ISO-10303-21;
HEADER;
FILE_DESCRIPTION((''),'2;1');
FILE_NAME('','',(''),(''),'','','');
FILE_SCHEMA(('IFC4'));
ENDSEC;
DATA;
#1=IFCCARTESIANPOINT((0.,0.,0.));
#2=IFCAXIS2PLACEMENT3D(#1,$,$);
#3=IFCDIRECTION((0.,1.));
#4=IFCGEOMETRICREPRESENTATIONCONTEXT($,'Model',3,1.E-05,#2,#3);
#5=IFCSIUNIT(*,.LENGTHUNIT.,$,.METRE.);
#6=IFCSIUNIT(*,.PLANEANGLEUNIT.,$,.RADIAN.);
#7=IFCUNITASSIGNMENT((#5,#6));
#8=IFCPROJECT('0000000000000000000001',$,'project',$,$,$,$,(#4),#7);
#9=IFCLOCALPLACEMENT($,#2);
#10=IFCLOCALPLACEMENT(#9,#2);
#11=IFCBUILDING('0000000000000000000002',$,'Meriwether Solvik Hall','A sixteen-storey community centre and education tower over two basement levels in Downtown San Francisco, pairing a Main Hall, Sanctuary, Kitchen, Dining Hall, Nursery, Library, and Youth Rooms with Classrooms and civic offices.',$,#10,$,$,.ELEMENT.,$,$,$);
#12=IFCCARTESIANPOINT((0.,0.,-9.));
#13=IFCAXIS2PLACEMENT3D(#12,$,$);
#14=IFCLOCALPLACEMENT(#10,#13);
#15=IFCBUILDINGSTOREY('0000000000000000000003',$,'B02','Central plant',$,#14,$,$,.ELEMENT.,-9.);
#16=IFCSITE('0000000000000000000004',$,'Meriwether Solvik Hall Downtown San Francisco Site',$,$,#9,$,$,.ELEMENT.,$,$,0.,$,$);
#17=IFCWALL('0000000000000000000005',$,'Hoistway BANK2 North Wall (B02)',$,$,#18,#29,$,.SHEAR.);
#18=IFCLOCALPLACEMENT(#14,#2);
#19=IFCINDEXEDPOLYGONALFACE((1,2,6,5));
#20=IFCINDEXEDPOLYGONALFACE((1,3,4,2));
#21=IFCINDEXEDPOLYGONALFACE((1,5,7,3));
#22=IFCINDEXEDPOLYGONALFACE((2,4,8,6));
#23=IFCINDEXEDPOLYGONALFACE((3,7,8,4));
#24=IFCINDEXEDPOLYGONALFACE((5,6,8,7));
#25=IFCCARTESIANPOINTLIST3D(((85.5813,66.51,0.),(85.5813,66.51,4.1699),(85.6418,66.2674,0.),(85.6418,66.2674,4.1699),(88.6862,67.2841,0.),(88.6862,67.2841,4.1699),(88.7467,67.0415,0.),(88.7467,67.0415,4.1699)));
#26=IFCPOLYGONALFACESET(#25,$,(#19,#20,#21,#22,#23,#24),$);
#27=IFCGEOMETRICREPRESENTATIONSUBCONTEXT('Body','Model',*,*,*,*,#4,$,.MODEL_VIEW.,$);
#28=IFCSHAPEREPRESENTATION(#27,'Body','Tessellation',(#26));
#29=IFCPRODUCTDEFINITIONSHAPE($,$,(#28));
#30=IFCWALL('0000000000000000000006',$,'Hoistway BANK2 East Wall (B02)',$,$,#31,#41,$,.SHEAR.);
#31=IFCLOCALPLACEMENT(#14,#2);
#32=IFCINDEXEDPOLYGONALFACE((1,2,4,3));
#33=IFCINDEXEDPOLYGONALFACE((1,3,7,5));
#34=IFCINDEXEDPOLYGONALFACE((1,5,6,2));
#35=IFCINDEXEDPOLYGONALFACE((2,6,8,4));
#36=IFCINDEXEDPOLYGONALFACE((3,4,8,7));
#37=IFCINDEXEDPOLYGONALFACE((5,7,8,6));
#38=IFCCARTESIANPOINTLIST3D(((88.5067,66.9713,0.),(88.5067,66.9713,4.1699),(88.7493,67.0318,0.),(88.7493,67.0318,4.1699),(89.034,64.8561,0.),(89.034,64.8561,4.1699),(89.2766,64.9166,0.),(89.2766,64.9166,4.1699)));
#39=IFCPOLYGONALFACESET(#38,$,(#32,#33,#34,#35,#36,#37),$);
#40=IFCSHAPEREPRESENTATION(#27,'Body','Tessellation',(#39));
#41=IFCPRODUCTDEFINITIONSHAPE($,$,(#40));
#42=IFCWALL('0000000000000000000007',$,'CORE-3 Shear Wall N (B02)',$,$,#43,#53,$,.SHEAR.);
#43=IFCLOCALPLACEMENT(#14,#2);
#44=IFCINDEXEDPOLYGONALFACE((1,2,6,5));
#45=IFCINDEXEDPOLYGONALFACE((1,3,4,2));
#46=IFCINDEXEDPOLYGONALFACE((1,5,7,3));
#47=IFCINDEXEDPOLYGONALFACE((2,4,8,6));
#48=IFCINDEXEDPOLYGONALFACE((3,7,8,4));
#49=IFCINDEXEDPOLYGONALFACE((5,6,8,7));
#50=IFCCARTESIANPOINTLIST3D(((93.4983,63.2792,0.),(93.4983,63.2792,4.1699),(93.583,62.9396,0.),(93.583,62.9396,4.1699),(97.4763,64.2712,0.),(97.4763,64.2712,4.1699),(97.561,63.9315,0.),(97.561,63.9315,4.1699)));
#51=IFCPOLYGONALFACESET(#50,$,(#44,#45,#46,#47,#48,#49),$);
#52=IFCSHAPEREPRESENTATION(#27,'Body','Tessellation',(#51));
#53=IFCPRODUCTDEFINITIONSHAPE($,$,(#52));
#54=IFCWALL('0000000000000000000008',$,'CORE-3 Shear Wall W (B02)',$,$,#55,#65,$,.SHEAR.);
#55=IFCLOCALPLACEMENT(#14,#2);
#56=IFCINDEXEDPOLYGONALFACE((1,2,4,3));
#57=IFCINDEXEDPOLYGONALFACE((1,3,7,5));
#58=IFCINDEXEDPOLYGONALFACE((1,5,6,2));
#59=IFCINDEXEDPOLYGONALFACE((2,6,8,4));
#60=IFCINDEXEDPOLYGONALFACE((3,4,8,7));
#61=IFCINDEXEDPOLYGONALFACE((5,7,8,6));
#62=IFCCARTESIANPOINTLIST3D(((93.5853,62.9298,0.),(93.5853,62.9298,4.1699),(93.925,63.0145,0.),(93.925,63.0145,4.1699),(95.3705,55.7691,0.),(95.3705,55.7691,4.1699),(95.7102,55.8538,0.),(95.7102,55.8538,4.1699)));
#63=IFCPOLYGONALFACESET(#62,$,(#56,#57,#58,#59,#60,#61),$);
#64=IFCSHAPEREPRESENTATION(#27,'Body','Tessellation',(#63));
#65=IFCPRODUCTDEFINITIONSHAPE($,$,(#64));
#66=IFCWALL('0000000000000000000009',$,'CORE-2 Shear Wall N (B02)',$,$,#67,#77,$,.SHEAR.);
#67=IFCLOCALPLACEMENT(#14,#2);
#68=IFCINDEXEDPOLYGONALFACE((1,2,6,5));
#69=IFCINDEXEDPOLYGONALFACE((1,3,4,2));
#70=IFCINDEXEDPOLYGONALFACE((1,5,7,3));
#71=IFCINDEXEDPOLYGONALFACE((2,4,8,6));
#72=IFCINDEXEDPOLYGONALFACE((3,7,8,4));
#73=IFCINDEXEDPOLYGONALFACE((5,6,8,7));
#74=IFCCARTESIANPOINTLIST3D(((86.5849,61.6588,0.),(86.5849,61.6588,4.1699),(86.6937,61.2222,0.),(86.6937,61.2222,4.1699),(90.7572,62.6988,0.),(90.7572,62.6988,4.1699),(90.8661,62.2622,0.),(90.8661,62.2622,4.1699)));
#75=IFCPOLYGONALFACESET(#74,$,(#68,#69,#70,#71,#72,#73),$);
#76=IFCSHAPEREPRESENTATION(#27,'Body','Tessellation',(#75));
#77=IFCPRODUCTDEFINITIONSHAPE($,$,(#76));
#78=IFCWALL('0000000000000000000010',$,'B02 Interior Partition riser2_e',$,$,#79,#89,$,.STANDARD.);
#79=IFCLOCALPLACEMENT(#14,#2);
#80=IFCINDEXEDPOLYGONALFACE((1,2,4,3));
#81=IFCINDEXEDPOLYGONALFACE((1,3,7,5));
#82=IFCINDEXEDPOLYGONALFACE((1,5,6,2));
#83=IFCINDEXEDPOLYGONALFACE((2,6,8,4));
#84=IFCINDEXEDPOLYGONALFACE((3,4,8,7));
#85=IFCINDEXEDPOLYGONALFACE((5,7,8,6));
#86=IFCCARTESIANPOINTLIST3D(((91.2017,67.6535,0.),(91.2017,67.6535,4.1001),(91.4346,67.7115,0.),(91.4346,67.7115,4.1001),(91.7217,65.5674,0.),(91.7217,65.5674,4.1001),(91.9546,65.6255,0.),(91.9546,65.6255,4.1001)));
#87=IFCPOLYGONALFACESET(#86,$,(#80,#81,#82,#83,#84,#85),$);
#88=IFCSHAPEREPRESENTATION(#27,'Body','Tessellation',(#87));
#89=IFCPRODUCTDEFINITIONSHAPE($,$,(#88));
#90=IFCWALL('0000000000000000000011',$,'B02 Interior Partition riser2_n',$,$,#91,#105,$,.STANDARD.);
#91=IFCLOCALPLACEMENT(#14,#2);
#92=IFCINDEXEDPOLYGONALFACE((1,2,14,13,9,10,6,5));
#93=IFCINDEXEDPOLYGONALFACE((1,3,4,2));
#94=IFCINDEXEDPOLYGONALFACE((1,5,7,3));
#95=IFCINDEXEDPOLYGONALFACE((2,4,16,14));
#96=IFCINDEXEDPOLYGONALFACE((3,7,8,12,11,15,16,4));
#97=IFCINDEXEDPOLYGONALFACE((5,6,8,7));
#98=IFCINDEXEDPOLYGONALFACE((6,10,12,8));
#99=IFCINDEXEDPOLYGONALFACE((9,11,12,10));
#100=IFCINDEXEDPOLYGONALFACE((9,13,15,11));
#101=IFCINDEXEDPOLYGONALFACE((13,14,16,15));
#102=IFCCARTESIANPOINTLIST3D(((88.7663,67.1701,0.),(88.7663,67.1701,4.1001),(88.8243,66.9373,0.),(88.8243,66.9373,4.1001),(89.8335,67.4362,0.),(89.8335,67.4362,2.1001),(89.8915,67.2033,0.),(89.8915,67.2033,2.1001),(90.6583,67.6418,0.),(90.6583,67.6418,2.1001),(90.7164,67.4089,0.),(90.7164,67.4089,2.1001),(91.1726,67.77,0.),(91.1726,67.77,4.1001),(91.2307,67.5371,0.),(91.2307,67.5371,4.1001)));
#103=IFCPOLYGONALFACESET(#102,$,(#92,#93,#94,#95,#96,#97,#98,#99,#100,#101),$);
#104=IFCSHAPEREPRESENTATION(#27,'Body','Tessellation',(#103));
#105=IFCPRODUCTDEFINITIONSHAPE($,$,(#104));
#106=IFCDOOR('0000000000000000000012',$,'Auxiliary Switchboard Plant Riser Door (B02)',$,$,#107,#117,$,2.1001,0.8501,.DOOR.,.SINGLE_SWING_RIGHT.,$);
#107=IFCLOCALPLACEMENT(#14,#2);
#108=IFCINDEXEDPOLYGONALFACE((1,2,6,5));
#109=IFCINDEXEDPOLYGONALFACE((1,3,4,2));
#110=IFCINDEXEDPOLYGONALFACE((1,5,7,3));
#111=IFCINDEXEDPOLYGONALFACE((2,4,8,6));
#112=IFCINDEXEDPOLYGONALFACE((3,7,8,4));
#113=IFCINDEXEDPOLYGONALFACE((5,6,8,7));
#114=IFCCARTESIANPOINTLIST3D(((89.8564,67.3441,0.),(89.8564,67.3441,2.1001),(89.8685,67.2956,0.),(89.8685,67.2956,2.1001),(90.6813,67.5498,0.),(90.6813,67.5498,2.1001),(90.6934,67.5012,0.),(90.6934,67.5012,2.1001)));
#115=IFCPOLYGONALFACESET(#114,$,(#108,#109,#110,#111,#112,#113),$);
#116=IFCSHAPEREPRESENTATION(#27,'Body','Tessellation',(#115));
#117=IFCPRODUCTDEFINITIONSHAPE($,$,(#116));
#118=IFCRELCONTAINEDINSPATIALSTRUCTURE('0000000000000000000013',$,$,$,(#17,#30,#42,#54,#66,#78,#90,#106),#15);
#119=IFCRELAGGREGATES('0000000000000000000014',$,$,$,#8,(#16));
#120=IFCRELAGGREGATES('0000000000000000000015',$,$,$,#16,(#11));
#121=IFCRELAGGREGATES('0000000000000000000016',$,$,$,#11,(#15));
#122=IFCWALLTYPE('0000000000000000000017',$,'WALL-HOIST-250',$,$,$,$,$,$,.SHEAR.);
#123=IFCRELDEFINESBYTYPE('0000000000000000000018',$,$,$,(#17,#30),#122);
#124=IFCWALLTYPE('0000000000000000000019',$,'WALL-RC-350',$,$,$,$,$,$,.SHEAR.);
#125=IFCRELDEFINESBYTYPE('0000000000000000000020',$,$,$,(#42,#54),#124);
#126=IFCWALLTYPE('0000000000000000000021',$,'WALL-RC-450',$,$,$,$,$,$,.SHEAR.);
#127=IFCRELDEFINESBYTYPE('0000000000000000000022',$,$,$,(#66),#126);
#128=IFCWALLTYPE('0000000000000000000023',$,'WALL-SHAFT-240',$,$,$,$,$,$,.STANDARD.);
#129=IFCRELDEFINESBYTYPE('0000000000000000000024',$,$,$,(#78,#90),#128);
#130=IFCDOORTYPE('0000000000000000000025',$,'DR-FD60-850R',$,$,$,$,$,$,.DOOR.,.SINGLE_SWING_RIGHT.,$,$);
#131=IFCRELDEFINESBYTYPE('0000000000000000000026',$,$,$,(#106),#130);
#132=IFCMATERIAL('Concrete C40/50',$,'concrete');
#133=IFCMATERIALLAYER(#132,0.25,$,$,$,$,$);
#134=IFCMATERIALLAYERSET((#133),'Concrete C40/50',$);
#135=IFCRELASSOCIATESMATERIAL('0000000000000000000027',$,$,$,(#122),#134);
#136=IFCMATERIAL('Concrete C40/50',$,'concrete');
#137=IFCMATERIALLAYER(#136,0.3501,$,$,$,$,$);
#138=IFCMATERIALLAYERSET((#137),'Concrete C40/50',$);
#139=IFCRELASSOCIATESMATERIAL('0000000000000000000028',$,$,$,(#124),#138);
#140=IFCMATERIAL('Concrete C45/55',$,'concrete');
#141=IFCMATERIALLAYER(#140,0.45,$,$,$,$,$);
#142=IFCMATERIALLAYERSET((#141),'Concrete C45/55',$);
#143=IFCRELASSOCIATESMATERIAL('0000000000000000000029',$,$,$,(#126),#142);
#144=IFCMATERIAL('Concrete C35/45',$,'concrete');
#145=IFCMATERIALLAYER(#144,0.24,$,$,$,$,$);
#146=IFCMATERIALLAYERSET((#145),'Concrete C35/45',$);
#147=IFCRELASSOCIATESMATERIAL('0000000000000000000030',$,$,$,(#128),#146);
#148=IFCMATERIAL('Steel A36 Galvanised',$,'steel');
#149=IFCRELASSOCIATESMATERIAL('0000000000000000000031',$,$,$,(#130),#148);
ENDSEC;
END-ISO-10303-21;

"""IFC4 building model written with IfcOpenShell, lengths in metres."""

from ifc_helpers import new_model, si_unit, direction, frame, frame_2d, origin, place, context, subcontext, project, spatial, rectangle, extrude, material, layer, layer_set, type_object, element, fill, save


model = new_model("IFC4")

# Units and contexts
model_context = context("Model", 3, precision=1e-05, world=origin(), true_north=direction((0.0, 1.0)))
body_context = subcontext(model_context, "Body", "Model", "MODEL_VIEW")
ifc_project = project(units=[si_unit("LENGTHUNIT", "METRE"), si_unit("PLANEANGLEUNIT", "RADIAN")], contexts=[model_context])

# Site, building, storey
site_placement = place(None, origin())
site = spatial("IfcSite", under=ifc_project, at=site_placement, Name="Meriwether Solvik Hall Downtown San Francisco Site", CompositionType="ELEMENT", RefElevation=0.0)
building_placement = place(site_placement, origin())
building = spatial("IfcBuilding", under=site, at=building_placement, Name="Meriwether Solvik Hall", Description="A sixteen-storey community centre and education tower over two basement levels in Downtown San Francisco, pairing a Main Hall, Sanctuary, Kitchen, Dining Hall, Nursery, Library, and Youth Rooms with Classrooms and civic offices.", CompositionType="ELEMENT")
storey_placement = place(building_placement, frame((0.0, 0.0, -9.0)))
storey = spatial("IfcBuildingStorey", under=building, at=storey_placement, Name="B02", Description="Central plant", CompositionType="ELEMENT", Elevation=-9.0)

# Walls
ifc_material_1 = material(Name="Concrete C40/50", Category="concrete")
ifc_layer_1 = layer(ifc_material_1, 0.25)
ifc_layer_set_1 = layer_set([ifc_layer_1], Name="Concrete C40/50")
wall_type_1 = type_object("IfcWallType", Name="WALL-HOIST-250", PredefinedType="SHEAR", material=ifc_layer_set_1)
wall_1_placement = place(storey_placement, frame((88.7166, 67.1628, 0.0), z_axis=(0.0, 0.0, 1.0), x_axis=(-0.970295, -0.241925, 0.0)))
element("IfcWall", 1, at=wall_1_placement, inside=storey, type_object=wall_type_1, Name="Hoistway BANK2 North Wall (B02)", PredefinedType="SHEAR", context=body_context, shape_type="SweptSolid", body=[
    extrude(rectangle(XDim=3.2, YDim=0.25, at=frame_2d((1.6001, 0.0))), origin(), (0.0, 0.0, 1.0), 4.1699),
])
wall_2_placement = place(storey_placement, frame((89.1553, 64.8865, 0.0), z_axis=(0.0, 0.0, 1.0), x_axis=(-0.241903, 0.9703, 0.0)))
element("IfcWall", 2, at=wall_2_placement, inside=storey, type_object=wall_type_1, Name="Hoistway BANK2 East Wall (B02)", PredefinedType="SHEAR", context=body_context, shape_type="SweptSolid", body=[
    extrude(rectangle(XDim=2.1799, YDim=0.25, at=frame_2d((1.0898, 0.0))), origin(), (0.0, 0.0, 1.0), 4.1699),
])
ifc_material_2 = material(Name="Concrete C40/50", Category="concrete")
ifc_layer_2 = layer(ifc_material_2, 0.3501)
ifc_layer_set_2 = layer_set([ifc_layer_2], Name="Concrete C40/50")
wall_type_2 = type_object("IfcWallType", Name="WALL-RC-350", PredefinedType="SHEAR", material=ifc_layer_set_2)
wall_3_placement = place(storey_placement, frame((97.5186, 64.1013, 0.0), z_axis=(0.0, 0.0, 1.0), x_axis=(-0.970289, -0.241947, 0.0)))
element("IfcWall", 3, at=wall_3_placement, inside=storey, type_object=wall_type_2, Name="CORE-3 Shear Wall N (B02)", PredefinedType="SHEAR", context=body_context, shape_type="SweptSolid", body=[
    extrude(rectangle(XDim=4.0999, YDim=0.3501, at=frame_2d((2.0498, 0.0))), origin(), (0.0, 0.0, 1.0), 4.1699),
])
wall_4_placement = place(storey_placement, frame((93.7551, 62.9722, 0.0), z_axis=(0.0, 0.0, 1.0), x_axis=(0.241897, -0.970302, 0.0)))
element("IfcWall", 4, at=wall_4_placement, inside=storey, type_object=wall_type_2, Name="CORE-3 Shear Wall W (B02)", PredefinedType="SHEAR", context=body_context, shape_type="SweptSolid", body=[
    extrude(rectangle(XDim=7.3799, YDim=0.3501, at=frame_2d((3.6899, 0.0))), origin(), (0.0, 0.0, 1.0), 4.1699),
])
ifc_material_3 = material(Name="Concrete C45/55", Category="concrete")
ifc_layer_3 = layer(ifc_material_3, 0.45)
ifc_layer_set_3 = layer_set([ifc_layer_3], Name="Concrete C45/55")
wall_type_3 = type_object("IfcWallType", Name="WALL-RC-450", PredefinedType="SHEAR", material=ifc_layer_set_3)
wall_5_placement = place(storey_placement, frame((90.8115, 62.4805, 0.0), z_axis=(0.0, 0.0, 1.0), x_axis=(-0.970309, -0.241868, 0.0)))
element("IfcWall", 5, at=wall_5_placement, inside=storey, type_object=wall_type_3, Name="CORE-2 Shear Wall N (B02)", PredefinedType="SHEAR", context=body_context, shape_type="SweptSolid", body=[
    extrude(rectangle(XDim=4.3, YDim=0.45, at=frame_2d((2.1499, 0.0))), origin(), (0.0, 0.0, 1.0), 4.1699),
])
ifc_material_4 = material(Name="Concrete C35/45", Category="concrete")
ifc_layer_4 = layer(ifc_material_4, 0.24)
ifc_layer_set_4 = layer_set([ifc_layer_4], Name="Concrete C35/45")
wall_type_4 = type_object("IfcWallType", Name="WALL-SHAFT-240", PredefinedType="STANDARD", material=ifc_layer_set_4)
wall_6_placement = place(storey_placement, frame((91.8381, 65.5964, 0.0), z_axis=(0.0, 0.0, 1.0), x_axis=(-0.241868, 0.970309, 0.0)))
element("IfcWall", 6, at=wall_6_placement, inside=storey, type_object=wall_type_4, Name="B02 Interior Partition riser2_e", PredefinedType="STANDARD", context=body_context, shape_type="SweptSolid", body=[
    extrude(rectangle(XDim=2.1499, YDim=0.24, at=frame_2d((1.075, 0.0))), origin(), (0.0, 0.0, 1.0), 4.1001),
])

# Wall, opening, door
wall_7_placement = place(storey_placement, frame((91.2017, 67.6536, 0.0), z_axis=(0.0, 0.0, 1.0), x_axis=(-0.970304, -0.241887, 0.0)))
wall_7 = element("IfcWall", 7, at=wall_7_placement, inside=storey, type_object=wall_type_4, Name="B02 Interior Partition riser2_n", PredefinedType="STANDARD", context=body_context, shape_type="SweptSolid", body=[
    extrude(rectangle(XDim=2.48, YDim=0.24, at=frame_2d((1.24, 0.0))), origin(), (0.0, 0.0, 1.0), 4.1001),
])
opening_1_placement = place(wall_7_placement, frame((0.53, 0.0, 0.0)))
opening_1 = element("IfcOpeningElement", 8, at=opening_1_placement, cuts=wall_7, PredefinedType="OPENING", context=body_context, shape_type="SweptSolid", body=[
    extrude(rectangle(XDim=0.8501, YDim=2.1001, at=frame_2d((0.425, 1.05))), frame((0.0, 0.1318, 0.0), z_axis=(0.0, -1.0, 0.0), x_axis=(1.0, 0.0, 0.0)), (0.0, 0.0, 1.0), 0.2639),
])
ifc_material_5 = material(Name="Steel A36 Galvanised", Category="steel")
door_type_1 = type_object("IfcDoorType", Name="DR-FD60-850R", OperationType="SINGLE_SWING_RIGHT", PredefinedType="DOOR", material=ifc_material_5)
door_1_placement = place(opening_1_placement, origin())
door_1 = element("IfcDoor", 9, at=door_1_placement, inside=storey, type_object=door_type_1, Name="Auxiliary Switchboard Plant Riser Door (B02)", OperationType="SINGLE_SWING_RIGHT", OverallHeight=2.1001, OverallWidth=0.8501, PredefinedType="DOOR", context=body_context, shape_type="SweptSolid", body=[
    extrude(rectangle(XDim=0.8501, YDim=2.1001, at=frame_2d((0.425, 1.05))), frame((0.0, 0.0249, 0.0), z_axis=(0.0, -1.0, 0.0), x_axis=(1.0, 0.0, 0.0)), (0.0, 0.0, 1.0), 0.05),
])
fill(opening_1, door_1)

save(model, "model.ifc")
